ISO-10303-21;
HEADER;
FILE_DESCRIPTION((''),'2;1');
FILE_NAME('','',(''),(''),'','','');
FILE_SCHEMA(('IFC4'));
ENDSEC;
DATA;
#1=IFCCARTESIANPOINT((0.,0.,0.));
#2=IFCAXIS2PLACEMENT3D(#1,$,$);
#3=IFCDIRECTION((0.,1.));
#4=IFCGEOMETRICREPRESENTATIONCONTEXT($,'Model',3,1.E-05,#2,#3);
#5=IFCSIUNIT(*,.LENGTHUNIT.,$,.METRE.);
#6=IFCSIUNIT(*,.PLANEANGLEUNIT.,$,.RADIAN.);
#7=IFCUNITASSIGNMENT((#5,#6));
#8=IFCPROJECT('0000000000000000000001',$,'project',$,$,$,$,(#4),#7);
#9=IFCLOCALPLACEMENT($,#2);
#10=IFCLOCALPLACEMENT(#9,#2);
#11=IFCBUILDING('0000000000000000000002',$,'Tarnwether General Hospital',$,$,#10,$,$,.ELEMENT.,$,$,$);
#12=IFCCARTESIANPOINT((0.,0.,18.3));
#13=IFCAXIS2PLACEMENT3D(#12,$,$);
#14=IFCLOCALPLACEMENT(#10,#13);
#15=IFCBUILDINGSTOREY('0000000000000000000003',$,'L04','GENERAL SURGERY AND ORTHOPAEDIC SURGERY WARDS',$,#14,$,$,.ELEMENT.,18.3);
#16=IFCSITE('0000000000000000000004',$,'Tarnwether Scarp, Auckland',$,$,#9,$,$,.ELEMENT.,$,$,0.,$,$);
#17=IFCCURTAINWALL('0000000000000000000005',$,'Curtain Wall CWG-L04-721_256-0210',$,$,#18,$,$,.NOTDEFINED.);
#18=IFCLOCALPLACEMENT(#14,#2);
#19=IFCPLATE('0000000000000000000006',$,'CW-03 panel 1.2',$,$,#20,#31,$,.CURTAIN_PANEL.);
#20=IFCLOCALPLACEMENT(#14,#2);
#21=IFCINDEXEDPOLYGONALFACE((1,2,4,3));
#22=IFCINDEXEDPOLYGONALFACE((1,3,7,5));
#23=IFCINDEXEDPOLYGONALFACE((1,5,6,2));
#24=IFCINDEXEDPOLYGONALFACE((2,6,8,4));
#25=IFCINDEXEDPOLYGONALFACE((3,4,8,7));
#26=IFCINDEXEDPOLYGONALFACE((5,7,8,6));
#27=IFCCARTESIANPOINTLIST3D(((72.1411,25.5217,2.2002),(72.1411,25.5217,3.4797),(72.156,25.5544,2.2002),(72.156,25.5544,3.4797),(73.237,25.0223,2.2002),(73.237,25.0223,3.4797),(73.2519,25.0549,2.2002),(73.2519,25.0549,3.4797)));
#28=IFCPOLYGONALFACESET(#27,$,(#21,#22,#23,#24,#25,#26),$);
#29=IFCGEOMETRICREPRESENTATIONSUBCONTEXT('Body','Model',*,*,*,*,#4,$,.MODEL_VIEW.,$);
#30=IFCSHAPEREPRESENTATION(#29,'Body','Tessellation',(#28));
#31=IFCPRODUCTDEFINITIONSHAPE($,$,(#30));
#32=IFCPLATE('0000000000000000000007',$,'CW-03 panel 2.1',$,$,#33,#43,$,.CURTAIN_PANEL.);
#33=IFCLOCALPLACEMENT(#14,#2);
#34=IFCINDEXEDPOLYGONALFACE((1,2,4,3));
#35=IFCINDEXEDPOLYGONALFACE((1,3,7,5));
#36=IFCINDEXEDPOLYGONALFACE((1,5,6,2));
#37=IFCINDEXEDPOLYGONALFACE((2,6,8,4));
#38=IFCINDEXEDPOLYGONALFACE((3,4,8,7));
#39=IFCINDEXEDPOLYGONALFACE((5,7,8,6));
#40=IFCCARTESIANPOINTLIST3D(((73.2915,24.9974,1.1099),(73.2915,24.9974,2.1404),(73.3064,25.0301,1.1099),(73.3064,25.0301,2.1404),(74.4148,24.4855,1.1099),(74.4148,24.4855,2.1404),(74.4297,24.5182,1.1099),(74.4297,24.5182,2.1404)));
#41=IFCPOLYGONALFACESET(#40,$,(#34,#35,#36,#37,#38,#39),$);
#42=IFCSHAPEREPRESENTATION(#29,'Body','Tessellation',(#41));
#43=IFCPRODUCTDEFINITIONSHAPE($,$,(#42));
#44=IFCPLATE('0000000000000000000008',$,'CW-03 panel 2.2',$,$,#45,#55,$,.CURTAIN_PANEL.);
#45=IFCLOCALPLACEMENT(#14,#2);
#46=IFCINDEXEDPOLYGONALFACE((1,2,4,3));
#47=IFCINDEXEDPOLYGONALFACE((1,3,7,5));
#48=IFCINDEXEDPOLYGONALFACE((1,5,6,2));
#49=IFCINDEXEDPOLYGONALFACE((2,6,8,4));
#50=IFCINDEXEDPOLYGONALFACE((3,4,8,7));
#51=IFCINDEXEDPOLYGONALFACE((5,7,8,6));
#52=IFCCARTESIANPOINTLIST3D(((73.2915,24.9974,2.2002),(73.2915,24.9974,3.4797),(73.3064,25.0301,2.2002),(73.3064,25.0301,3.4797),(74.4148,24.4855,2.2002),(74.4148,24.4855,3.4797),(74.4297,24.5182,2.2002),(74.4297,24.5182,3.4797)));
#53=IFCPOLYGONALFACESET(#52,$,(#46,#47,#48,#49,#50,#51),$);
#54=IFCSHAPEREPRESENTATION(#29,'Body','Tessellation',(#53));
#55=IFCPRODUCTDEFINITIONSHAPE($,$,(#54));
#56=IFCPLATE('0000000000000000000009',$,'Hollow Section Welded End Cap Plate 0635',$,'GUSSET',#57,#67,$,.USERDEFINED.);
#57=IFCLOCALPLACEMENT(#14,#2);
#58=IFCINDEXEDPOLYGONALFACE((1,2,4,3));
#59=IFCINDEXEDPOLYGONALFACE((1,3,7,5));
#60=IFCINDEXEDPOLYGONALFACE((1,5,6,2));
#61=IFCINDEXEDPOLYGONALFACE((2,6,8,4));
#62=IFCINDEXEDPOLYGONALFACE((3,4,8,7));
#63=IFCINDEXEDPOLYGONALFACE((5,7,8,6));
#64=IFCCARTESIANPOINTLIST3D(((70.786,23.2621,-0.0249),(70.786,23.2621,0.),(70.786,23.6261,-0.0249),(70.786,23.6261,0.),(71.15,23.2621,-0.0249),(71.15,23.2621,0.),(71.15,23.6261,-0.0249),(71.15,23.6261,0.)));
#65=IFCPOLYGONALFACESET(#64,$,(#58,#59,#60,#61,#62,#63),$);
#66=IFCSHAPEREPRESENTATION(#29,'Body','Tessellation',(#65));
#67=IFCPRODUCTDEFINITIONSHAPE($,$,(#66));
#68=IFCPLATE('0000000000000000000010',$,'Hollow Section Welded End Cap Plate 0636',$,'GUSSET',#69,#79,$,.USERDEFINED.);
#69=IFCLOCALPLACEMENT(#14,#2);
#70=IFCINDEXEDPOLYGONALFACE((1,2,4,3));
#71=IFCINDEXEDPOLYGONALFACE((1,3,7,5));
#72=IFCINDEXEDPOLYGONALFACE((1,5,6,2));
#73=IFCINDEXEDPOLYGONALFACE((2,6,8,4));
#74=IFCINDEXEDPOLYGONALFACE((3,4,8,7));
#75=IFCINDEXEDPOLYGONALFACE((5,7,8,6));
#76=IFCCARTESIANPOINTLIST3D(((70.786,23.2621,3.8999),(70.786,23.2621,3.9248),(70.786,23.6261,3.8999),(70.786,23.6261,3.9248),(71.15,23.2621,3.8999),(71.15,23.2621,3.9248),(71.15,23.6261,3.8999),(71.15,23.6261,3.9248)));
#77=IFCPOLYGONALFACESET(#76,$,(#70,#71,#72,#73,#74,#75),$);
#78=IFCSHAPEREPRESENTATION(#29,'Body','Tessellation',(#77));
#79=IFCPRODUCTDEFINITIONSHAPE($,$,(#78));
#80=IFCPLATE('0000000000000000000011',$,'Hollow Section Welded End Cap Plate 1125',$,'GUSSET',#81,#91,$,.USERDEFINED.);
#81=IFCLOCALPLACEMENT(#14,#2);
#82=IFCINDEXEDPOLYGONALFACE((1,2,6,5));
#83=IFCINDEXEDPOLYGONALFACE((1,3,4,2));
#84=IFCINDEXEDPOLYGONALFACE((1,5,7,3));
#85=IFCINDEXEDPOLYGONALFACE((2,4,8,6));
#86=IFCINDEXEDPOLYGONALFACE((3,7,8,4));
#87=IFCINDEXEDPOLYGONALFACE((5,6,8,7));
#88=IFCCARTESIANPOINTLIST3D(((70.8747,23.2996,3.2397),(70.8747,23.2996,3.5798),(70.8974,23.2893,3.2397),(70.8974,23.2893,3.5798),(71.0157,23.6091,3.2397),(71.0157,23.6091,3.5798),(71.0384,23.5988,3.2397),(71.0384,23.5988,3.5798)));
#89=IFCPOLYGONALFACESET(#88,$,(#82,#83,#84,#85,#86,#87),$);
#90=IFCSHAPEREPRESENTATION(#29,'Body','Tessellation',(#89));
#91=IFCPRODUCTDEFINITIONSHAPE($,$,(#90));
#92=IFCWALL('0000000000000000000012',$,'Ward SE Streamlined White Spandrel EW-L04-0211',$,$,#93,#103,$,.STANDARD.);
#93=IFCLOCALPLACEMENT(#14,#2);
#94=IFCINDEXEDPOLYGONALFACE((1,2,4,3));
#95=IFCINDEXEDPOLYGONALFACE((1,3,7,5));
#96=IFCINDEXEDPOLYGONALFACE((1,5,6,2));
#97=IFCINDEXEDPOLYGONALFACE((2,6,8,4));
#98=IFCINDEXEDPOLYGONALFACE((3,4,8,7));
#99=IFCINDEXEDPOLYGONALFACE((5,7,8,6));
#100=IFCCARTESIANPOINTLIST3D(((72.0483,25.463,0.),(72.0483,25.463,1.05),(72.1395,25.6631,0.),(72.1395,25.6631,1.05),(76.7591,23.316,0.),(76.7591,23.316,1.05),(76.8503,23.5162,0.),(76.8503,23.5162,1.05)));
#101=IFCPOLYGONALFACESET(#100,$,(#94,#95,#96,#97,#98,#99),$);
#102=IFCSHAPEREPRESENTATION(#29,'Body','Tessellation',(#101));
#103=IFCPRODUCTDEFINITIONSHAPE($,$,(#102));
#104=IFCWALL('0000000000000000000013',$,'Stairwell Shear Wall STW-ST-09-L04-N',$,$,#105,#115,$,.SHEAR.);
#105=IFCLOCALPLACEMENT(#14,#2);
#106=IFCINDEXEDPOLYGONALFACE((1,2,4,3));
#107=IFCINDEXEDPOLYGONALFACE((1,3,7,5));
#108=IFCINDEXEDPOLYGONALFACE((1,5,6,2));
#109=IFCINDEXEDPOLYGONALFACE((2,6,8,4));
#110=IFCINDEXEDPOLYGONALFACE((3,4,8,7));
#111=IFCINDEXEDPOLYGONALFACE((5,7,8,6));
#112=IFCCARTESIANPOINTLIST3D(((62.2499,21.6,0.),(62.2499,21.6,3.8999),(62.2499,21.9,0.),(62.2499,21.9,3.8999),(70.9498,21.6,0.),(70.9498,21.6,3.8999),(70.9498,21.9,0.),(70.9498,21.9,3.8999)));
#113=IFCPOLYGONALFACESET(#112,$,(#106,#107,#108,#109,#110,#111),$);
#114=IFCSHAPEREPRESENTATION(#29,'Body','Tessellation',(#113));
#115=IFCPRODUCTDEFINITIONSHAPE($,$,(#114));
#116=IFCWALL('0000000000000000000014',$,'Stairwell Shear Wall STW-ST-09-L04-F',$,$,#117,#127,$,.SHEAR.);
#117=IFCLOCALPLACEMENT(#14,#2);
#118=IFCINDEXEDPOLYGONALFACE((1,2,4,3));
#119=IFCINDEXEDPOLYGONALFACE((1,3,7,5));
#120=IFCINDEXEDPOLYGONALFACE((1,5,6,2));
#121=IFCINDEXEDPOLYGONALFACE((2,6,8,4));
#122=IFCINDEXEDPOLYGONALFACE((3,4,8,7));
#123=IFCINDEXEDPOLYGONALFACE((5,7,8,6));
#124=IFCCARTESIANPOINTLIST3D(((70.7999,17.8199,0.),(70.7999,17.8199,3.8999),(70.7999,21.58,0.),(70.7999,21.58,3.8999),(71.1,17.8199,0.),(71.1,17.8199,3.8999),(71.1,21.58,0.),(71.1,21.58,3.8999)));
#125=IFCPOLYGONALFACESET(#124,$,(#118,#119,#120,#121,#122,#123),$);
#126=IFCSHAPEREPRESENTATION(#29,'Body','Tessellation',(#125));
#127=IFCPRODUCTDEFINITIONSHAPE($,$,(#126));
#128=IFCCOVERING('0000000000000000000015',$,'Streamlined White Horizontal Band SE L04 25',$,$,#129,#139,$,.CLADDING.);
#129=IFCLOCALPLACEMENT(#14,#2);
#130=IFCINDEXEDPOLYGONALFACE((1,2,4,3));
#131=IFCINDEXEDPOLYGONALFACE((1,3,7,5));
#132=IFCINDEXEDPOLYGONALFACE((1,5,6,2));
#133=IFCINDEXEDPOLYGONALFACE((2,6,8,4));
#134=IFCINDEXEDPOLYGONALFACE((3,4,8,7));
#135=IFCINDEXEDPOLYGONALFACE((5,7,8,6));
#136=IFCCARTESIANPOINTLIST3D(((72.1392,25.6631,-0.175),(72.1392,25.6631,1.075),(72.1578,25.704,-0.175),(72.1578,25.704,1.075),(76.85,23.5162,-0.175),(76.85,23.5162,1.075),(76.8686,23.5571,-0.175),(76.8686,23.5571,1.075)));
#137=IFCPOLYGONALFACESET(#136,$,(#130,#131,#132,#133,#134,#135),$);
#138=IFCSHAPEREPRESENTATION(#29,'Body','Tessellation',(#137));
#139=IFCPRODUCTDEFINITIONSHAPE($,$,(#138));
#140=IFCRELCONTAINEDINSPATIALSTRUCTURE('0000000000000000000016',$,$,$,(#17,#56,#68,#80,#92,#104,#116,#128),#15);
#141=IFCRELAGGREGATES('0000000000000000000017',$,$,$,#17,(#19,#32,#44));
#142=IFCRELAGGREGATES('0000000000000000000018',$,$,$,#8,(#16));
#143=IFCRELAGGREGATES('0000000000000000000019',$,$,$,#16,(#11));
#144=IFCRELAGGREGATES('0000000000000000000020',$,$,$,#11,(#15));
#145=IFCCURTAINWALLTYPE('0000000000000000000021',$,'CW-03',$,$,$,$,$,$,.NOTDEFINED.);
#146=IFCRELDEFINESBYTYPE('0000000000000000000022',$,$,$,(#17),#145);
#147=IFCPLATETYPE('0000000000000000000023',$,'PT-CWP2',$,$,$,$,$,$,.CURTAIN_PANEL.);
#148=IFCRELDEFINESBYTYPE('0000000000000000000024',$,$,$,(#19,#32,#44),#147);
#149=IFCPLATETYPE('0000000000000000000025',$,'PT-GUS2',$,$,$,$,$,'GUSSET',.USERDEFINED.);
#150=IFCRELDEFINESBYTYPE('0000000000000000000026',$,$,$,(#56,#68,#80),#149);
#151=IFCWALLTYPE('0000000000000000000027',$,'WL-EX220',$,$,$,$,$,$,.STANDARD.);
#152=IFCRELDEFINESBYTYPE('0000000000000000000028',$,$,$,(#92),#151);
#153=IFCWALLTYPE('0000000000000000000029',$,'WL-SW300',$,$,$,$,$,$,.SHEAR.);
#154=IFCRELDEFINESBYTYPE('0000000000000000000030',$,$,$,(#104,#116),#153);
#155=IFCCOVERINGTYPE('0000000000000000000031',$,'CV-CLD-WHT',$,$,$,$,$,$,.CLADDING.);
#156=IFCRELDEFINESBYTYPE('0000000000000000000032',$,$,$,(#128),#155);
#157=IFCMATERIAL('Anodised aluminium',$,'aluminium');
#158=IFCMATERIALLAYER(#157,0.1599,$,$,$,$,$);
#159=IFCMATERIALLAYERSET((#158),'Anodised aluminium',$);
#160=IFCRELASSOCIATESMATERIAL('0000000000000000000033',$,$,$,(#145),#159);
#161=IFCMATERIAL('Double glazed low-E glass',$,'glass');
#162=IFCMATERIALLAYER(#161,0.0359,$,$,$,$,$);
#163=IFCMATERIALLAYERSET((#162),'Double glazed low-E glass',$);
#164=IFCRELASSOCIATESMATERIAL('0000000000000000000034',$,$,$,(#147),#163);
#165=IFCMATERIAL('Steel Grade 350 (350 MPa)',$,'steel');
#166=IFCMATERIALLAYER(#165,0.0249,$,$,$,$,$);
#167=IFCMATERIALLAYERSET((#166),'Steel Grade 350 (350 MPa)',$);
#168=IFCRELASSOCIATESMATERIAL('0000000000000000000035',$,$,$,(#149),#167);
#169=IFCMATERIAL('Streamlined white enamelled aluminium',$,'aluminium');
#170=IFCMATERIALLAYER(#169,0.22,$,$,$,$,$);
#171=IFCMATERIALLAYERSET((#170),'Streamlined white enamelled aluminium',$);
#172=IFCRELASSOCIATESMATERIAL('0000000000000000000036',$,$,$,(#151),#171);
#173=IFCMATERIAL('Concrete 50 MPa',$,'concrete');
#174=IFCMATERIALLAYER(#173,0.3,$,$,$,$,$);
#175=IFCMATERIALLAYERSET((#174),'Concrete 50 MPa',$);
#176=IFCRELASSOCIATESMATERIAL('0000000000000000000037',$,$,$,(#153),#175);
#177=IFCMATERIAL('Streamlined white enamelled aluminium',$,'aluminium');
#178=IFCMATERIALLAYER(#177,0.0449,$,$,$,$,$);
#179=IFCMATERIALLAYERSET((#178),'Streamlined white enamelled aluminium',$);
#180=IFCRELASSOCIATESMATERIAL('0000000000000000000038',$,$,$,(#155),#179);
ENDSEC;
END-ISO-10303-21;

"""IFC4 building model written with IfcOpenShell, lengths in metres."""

from ifc_helpers import new_model, si_unit, direction, frame, frame_2d, origin, origin_2d, place, context, subcontext, project, spatial, rectangle, extrude, material, layer, layer_set, type_object, element, aggregate, save


model = new_model("IFC4")

# Units and contexts
model_context = context("Model", 3, precision=1e-05, world=origin(), true_north=direction((0.0, 1.0)))
body_context = subcontext(model_context, "Body", "Model", "MODEL_VIEW")
ifc_project = project(units=[si_unit("LENGTHUNIT", "METRE"), si_unit("PLANEANGLEUNIT", "RADIAN")], contexts=[model_context])

# Site, building, storey
site_placement = place(None, origin())
site = spatial("IfcSite", under=ifc_project, at=site_placement, Name="Tarnwether Scarp, Auckland", CompositionType="ELEMENT", RefElevation=0.0)
building_placement = place(site_placement, origin())
building = spatial("IfcBuilding", under=site, at=building_placement, Name="Tarnwether General Hospital", CompositionType="ELEMENT")
storey_placement = place(building_placement, frame((0.0, 0.0, 18.3)))
storey = spatial("IfcBuildingStorey", under=building, at=storey_placement, Name="L04", Description="GENERAL SURGERY AND ORTHOPAEDIC SURGERY WARDS", CompositionType="ELEMENT", Elevation=18.3)

# Curtain wall
ifc_material_1 = material(Name="Anodised aluminium", Category="aluminium")
ifc_layer_1 = layer(ifc_material_1, 0.1599)
ifc_layer_set_1 = layer_set([ifc_layer_1], Name="Anodised aluminium")
curtain_wall_type = type_object("IfcCurtainWallType", Name="CW-03", PredefinedType="NOTDEFINED", material=ifc_layer_set_1)
curtain_wall_1_placement = place(storey_placement, origin())
curtain_wall_1 = element("IfcCurtainWall", 1, at=curtain_wall_1_placement, inside=storey, type_object=curtain_wall_type, Name="Curtain Wall CWG-L04-721_256-0210", PredefinedType="NOTDEFINED")

# Plates
ifc_material_2 = material(Name="Double glazed low-E glass", Category="glass")
ifc_layer_2 = layer(ifc_material_2, 0.0359)
ifc_layer_set_2 = layer_set([ifc_layer_2], Name="Double glazed low-E glass")
plate_type_1 = type_object("IfcPlateType", Name="PT-CWP2", PredefinedType="CURTAIN_PANEL", material=ifc_layer_set_2)
plate_1_placement = place(storey_placement, frame((72.6965, 25.2883, 2.2002), z_axis=(0.0, 0.0, 1.0), x_axis=(0.909956, -0.414705, 0.0)))
plate_1 = element("IfcPlate", 2, at=plate_1_placement, type_object=plate_type_1, Name="CW-03 panel 1.2", PredefinedType="CURTAIN_PANEL", context=body_context, shape_type="SweptSolid", body=[
    extrude(rectangle(XDim=1.2043, YDim=0.0359, at=origin_2d()), origin(), (0.0, 0.0, 1.0), 1.2795),
])
plate_2_placement = place(storey_placement, frame((73.8606, 24.7578, 1.1099), z_axis=(0.0, 0.0, 1.0), x_axis=(0.909956, -0.414705, 0.0)))
plate_2 = element("IfcPlate", 3, at=plate_2_placement, type_object=plate_type_1, Name="CW-03 panel 2.1", PredefinedType="CURTAIN_PANEL", context=body_context, shape_type="SweptSolid", body=[
    extrude(rectangle(XDim=1.2344, YDim=0.0359, at=origin_2d()), origin(), (0.0, 0.0, 1.0), 1.0305),
])
plate_3_placement = place(storey_placement, frame((73.8606, 24.7578, 2.2002), z_axis=(0.0, 0.0, 1.0), x_axis=(0.909956, -0.414705, 0.0)))
plate_3 = element("IfcPlate", 4, at=plate_3_placement, type_object=plate_type_1, Name="CW-03 panel 2.2", PredefinedType="CURTAIN_PANEL", context=body_context, shape_type="SweptSolid", body=[
    extrude(rectangle(XDim=1.2344, YDim=0.0359, at=origin_2d()), origin(), (0.0, 0.0, 1.0), 1.2795),
])
aggregate(curtain_wall_1, [plate_1, plate_2, plate_3])

# Plates
ifc_material_3 = material(Name="Steel Grade 350 (350 MPa)", Category="steel")
ifc_layer_3 = layer(ifc_material_3, 0.0249)
ifc_layer_set_3 = layer_set([ifc_layer_3], Name="Steel Grade 350 (350 MPa)")
plate_type_2 = type_object("IfcPlateType", Name="PT-GUS2", ElementType="GUSSET", PredefinedType="USERDEFINED", material=ifc_layer_set_3)
for number, where, z_axis, x_axis, name in (
    (5, (70.968, 23.4441, -0.0249), (0.0, 0.0, 1.0), (1.0, 0.0, 0.0), "Hollow Section Welded End Cap Plate 0635"),
    (6, (70.968, 23.4441, 3.8999), (0.0, 0.0, 1.0), (1.0, 0.0, 0.0), "Hollow Section Welded End Cap Plate 0636"),
):
    element("IfcPlate", number, at=place(storey_placement, frame(where, z_axis=z_axis, x_axis=x_axis)), inside=storey, type_object=plate_type_2, Name=name, ObjectType="GUSSET", PredefinedType="USERDEFINED", context=body_context, shape_type="SweptSolid", body=[
        extrude(rectangle(XDim=0.364, YDim=0.364, at=origin_2d()), origin(), (0.0, 0.0, 1.0), 0.0249),
    ])
plate_4_placement = place(storey_placement, frame((70.9565, 23.4492, 3.2397), z_axis=(0.0, 0.0, 1.0), x_axis=(0.909969, -0.414677, 0.0)))
element("IfcPlate", 7, at=plate_4_placement, inside=storey, type_object=plate_type_2, Name="Hollow Section Welded End Cap Plate 1125", ObjectType="GUSSET", PredefinedType="USERDEFINED", context=body_context, shape_type="SweptSolid", body=[
    extrude(rectangle(XDim=0.0249, YDim=0.3401, at=origin_2d()), origin(), (0.0, 0.0, 1.0), 0.3401),
])

# Wall
ifc_material_4 = material(Name="Streamlined white enamelled aluminium", Category="aluminium")
ifc_layer_4 = layer(ifc_material_4, 0.22)
ifc_layer_set_4 = layer_set([ifc_layer_4], Name="Streamlined white enamelled aluminium")
wall_type_1 = type_object("IfcWallType", Name="WL-EX220", PredefinedType="STANDARD", material=ifc_layer_set_4)
wall_1_placement = place(storey_placement, frame((72.094, 25.563, 0.0), z_axis=(0.0, 0.0, 1.0), x_axis=(0.909956, -0.414705, 0.0)))
element("IfcWall", 8, at=wall_1_placement, inside=storey, type_object=wall_type_1, Name="Ward SE Streamlined White Spandrel EW-L04-0211", PredefinedType="STANDARD", context=body_context, shape_type="SweptSolid", body=[
    extrude(rectangle(XDim=5.177, YDim=0.22, at=frame_2d((2.5884, 0.0))), origin(), (0.0, 0.0, 1.0), 1.05),
])

# Walls
ifc_material_5 = material(Name="Concrete 50 MPa", Category="concrete")
ifc_layer_5 = layer(ifc_material_5, 0.3)
ifc_layer_set_5 = layer_set([ifc_layer_5], Name="Concrete 50 MPa")
wall_type_2 = type_object("IfcWallType", Name="WL-SW300", PredefinedType="SHEAR", material=ifc_layer_set_5)
wall_2_placement = place(storey_placement, frame((70.95, 21.75, 0.0), z_axis=(0.0, 0.0, 1.0), x_axis=(-1.0, 0.0, 0.0)))
element("IfcWall", 9, at=wall_2_placement, inside=storey, type_object=wall_type_2, Name="Stairwell Shear Wall STW-ST-09-L04-N", PredefinedType="SHEAR", context=body_context, shape_type="SweptSolid", body=[
    extrude(rectangle(XDim=8.7, YDim=0.3, at=frame_2d((4.3501, 0.0))), origin(), (0.0, 0.0, 1.0), 3.8999),
])
wall_3_placement = place(storey_placement, frame((70.95, 17.8201, 0.0), z_axis=(0.0, 0.0, 1.0), x_axis=(0.0, 1.0, 0.0)))
element("IfcWall", 10, at=wall_3_placement, inside=storey, type_object=wall_type_2, Name="Stairwell Shear Wall STW-ST-09-L04-F", PredefinedType="SHEAR", context=body_context, shape_type="SweptSolid", body=[
    extrude(rectangle(XDim=3.76, YDim=0.3, at=frame_2d((1.8799, 0.0))), origin(), (0.0, 0.0, 1.0), 3.8999),
])

# Covering
ifc_material_6 = material(Name="Streamlined white enamelled aluminium", Category="aluminium")
ifc_layer_6 = layer(ifc_material_6, 0.0449)
ifc_layer_set_6 = layer_set([ifc_layer_6], Name="Streamlined white enamelled aluminium")
covering_type = type_object("IfcCoveringType", Name="CV-CLD-WHT", PredefinedType="CLADDING", material=ifc_layer_set_6)
covering_placement = place(storey_placement, frame((74.5039, 24.6101, -0.175), z_axis=(0.0, 0.0, 1.0), x_axis=(0.909954, -0.414709, 0.0)))
element("IfcCovering", 11, at=covering_placement, inside=storey, type_object=covering_type, Name="Streamlined White Horizontal Band SE L04 25", PredefinedType="CLADDING", context=body_context, shape_type="SweptSolid", body=[
    extrude(rectangle(XDim=5.177, YDim=0.0449, at=origin_2d()), origin(), (0.0, 0.0, 1.0), 1.25),
])

save(model, "model.ifc")
